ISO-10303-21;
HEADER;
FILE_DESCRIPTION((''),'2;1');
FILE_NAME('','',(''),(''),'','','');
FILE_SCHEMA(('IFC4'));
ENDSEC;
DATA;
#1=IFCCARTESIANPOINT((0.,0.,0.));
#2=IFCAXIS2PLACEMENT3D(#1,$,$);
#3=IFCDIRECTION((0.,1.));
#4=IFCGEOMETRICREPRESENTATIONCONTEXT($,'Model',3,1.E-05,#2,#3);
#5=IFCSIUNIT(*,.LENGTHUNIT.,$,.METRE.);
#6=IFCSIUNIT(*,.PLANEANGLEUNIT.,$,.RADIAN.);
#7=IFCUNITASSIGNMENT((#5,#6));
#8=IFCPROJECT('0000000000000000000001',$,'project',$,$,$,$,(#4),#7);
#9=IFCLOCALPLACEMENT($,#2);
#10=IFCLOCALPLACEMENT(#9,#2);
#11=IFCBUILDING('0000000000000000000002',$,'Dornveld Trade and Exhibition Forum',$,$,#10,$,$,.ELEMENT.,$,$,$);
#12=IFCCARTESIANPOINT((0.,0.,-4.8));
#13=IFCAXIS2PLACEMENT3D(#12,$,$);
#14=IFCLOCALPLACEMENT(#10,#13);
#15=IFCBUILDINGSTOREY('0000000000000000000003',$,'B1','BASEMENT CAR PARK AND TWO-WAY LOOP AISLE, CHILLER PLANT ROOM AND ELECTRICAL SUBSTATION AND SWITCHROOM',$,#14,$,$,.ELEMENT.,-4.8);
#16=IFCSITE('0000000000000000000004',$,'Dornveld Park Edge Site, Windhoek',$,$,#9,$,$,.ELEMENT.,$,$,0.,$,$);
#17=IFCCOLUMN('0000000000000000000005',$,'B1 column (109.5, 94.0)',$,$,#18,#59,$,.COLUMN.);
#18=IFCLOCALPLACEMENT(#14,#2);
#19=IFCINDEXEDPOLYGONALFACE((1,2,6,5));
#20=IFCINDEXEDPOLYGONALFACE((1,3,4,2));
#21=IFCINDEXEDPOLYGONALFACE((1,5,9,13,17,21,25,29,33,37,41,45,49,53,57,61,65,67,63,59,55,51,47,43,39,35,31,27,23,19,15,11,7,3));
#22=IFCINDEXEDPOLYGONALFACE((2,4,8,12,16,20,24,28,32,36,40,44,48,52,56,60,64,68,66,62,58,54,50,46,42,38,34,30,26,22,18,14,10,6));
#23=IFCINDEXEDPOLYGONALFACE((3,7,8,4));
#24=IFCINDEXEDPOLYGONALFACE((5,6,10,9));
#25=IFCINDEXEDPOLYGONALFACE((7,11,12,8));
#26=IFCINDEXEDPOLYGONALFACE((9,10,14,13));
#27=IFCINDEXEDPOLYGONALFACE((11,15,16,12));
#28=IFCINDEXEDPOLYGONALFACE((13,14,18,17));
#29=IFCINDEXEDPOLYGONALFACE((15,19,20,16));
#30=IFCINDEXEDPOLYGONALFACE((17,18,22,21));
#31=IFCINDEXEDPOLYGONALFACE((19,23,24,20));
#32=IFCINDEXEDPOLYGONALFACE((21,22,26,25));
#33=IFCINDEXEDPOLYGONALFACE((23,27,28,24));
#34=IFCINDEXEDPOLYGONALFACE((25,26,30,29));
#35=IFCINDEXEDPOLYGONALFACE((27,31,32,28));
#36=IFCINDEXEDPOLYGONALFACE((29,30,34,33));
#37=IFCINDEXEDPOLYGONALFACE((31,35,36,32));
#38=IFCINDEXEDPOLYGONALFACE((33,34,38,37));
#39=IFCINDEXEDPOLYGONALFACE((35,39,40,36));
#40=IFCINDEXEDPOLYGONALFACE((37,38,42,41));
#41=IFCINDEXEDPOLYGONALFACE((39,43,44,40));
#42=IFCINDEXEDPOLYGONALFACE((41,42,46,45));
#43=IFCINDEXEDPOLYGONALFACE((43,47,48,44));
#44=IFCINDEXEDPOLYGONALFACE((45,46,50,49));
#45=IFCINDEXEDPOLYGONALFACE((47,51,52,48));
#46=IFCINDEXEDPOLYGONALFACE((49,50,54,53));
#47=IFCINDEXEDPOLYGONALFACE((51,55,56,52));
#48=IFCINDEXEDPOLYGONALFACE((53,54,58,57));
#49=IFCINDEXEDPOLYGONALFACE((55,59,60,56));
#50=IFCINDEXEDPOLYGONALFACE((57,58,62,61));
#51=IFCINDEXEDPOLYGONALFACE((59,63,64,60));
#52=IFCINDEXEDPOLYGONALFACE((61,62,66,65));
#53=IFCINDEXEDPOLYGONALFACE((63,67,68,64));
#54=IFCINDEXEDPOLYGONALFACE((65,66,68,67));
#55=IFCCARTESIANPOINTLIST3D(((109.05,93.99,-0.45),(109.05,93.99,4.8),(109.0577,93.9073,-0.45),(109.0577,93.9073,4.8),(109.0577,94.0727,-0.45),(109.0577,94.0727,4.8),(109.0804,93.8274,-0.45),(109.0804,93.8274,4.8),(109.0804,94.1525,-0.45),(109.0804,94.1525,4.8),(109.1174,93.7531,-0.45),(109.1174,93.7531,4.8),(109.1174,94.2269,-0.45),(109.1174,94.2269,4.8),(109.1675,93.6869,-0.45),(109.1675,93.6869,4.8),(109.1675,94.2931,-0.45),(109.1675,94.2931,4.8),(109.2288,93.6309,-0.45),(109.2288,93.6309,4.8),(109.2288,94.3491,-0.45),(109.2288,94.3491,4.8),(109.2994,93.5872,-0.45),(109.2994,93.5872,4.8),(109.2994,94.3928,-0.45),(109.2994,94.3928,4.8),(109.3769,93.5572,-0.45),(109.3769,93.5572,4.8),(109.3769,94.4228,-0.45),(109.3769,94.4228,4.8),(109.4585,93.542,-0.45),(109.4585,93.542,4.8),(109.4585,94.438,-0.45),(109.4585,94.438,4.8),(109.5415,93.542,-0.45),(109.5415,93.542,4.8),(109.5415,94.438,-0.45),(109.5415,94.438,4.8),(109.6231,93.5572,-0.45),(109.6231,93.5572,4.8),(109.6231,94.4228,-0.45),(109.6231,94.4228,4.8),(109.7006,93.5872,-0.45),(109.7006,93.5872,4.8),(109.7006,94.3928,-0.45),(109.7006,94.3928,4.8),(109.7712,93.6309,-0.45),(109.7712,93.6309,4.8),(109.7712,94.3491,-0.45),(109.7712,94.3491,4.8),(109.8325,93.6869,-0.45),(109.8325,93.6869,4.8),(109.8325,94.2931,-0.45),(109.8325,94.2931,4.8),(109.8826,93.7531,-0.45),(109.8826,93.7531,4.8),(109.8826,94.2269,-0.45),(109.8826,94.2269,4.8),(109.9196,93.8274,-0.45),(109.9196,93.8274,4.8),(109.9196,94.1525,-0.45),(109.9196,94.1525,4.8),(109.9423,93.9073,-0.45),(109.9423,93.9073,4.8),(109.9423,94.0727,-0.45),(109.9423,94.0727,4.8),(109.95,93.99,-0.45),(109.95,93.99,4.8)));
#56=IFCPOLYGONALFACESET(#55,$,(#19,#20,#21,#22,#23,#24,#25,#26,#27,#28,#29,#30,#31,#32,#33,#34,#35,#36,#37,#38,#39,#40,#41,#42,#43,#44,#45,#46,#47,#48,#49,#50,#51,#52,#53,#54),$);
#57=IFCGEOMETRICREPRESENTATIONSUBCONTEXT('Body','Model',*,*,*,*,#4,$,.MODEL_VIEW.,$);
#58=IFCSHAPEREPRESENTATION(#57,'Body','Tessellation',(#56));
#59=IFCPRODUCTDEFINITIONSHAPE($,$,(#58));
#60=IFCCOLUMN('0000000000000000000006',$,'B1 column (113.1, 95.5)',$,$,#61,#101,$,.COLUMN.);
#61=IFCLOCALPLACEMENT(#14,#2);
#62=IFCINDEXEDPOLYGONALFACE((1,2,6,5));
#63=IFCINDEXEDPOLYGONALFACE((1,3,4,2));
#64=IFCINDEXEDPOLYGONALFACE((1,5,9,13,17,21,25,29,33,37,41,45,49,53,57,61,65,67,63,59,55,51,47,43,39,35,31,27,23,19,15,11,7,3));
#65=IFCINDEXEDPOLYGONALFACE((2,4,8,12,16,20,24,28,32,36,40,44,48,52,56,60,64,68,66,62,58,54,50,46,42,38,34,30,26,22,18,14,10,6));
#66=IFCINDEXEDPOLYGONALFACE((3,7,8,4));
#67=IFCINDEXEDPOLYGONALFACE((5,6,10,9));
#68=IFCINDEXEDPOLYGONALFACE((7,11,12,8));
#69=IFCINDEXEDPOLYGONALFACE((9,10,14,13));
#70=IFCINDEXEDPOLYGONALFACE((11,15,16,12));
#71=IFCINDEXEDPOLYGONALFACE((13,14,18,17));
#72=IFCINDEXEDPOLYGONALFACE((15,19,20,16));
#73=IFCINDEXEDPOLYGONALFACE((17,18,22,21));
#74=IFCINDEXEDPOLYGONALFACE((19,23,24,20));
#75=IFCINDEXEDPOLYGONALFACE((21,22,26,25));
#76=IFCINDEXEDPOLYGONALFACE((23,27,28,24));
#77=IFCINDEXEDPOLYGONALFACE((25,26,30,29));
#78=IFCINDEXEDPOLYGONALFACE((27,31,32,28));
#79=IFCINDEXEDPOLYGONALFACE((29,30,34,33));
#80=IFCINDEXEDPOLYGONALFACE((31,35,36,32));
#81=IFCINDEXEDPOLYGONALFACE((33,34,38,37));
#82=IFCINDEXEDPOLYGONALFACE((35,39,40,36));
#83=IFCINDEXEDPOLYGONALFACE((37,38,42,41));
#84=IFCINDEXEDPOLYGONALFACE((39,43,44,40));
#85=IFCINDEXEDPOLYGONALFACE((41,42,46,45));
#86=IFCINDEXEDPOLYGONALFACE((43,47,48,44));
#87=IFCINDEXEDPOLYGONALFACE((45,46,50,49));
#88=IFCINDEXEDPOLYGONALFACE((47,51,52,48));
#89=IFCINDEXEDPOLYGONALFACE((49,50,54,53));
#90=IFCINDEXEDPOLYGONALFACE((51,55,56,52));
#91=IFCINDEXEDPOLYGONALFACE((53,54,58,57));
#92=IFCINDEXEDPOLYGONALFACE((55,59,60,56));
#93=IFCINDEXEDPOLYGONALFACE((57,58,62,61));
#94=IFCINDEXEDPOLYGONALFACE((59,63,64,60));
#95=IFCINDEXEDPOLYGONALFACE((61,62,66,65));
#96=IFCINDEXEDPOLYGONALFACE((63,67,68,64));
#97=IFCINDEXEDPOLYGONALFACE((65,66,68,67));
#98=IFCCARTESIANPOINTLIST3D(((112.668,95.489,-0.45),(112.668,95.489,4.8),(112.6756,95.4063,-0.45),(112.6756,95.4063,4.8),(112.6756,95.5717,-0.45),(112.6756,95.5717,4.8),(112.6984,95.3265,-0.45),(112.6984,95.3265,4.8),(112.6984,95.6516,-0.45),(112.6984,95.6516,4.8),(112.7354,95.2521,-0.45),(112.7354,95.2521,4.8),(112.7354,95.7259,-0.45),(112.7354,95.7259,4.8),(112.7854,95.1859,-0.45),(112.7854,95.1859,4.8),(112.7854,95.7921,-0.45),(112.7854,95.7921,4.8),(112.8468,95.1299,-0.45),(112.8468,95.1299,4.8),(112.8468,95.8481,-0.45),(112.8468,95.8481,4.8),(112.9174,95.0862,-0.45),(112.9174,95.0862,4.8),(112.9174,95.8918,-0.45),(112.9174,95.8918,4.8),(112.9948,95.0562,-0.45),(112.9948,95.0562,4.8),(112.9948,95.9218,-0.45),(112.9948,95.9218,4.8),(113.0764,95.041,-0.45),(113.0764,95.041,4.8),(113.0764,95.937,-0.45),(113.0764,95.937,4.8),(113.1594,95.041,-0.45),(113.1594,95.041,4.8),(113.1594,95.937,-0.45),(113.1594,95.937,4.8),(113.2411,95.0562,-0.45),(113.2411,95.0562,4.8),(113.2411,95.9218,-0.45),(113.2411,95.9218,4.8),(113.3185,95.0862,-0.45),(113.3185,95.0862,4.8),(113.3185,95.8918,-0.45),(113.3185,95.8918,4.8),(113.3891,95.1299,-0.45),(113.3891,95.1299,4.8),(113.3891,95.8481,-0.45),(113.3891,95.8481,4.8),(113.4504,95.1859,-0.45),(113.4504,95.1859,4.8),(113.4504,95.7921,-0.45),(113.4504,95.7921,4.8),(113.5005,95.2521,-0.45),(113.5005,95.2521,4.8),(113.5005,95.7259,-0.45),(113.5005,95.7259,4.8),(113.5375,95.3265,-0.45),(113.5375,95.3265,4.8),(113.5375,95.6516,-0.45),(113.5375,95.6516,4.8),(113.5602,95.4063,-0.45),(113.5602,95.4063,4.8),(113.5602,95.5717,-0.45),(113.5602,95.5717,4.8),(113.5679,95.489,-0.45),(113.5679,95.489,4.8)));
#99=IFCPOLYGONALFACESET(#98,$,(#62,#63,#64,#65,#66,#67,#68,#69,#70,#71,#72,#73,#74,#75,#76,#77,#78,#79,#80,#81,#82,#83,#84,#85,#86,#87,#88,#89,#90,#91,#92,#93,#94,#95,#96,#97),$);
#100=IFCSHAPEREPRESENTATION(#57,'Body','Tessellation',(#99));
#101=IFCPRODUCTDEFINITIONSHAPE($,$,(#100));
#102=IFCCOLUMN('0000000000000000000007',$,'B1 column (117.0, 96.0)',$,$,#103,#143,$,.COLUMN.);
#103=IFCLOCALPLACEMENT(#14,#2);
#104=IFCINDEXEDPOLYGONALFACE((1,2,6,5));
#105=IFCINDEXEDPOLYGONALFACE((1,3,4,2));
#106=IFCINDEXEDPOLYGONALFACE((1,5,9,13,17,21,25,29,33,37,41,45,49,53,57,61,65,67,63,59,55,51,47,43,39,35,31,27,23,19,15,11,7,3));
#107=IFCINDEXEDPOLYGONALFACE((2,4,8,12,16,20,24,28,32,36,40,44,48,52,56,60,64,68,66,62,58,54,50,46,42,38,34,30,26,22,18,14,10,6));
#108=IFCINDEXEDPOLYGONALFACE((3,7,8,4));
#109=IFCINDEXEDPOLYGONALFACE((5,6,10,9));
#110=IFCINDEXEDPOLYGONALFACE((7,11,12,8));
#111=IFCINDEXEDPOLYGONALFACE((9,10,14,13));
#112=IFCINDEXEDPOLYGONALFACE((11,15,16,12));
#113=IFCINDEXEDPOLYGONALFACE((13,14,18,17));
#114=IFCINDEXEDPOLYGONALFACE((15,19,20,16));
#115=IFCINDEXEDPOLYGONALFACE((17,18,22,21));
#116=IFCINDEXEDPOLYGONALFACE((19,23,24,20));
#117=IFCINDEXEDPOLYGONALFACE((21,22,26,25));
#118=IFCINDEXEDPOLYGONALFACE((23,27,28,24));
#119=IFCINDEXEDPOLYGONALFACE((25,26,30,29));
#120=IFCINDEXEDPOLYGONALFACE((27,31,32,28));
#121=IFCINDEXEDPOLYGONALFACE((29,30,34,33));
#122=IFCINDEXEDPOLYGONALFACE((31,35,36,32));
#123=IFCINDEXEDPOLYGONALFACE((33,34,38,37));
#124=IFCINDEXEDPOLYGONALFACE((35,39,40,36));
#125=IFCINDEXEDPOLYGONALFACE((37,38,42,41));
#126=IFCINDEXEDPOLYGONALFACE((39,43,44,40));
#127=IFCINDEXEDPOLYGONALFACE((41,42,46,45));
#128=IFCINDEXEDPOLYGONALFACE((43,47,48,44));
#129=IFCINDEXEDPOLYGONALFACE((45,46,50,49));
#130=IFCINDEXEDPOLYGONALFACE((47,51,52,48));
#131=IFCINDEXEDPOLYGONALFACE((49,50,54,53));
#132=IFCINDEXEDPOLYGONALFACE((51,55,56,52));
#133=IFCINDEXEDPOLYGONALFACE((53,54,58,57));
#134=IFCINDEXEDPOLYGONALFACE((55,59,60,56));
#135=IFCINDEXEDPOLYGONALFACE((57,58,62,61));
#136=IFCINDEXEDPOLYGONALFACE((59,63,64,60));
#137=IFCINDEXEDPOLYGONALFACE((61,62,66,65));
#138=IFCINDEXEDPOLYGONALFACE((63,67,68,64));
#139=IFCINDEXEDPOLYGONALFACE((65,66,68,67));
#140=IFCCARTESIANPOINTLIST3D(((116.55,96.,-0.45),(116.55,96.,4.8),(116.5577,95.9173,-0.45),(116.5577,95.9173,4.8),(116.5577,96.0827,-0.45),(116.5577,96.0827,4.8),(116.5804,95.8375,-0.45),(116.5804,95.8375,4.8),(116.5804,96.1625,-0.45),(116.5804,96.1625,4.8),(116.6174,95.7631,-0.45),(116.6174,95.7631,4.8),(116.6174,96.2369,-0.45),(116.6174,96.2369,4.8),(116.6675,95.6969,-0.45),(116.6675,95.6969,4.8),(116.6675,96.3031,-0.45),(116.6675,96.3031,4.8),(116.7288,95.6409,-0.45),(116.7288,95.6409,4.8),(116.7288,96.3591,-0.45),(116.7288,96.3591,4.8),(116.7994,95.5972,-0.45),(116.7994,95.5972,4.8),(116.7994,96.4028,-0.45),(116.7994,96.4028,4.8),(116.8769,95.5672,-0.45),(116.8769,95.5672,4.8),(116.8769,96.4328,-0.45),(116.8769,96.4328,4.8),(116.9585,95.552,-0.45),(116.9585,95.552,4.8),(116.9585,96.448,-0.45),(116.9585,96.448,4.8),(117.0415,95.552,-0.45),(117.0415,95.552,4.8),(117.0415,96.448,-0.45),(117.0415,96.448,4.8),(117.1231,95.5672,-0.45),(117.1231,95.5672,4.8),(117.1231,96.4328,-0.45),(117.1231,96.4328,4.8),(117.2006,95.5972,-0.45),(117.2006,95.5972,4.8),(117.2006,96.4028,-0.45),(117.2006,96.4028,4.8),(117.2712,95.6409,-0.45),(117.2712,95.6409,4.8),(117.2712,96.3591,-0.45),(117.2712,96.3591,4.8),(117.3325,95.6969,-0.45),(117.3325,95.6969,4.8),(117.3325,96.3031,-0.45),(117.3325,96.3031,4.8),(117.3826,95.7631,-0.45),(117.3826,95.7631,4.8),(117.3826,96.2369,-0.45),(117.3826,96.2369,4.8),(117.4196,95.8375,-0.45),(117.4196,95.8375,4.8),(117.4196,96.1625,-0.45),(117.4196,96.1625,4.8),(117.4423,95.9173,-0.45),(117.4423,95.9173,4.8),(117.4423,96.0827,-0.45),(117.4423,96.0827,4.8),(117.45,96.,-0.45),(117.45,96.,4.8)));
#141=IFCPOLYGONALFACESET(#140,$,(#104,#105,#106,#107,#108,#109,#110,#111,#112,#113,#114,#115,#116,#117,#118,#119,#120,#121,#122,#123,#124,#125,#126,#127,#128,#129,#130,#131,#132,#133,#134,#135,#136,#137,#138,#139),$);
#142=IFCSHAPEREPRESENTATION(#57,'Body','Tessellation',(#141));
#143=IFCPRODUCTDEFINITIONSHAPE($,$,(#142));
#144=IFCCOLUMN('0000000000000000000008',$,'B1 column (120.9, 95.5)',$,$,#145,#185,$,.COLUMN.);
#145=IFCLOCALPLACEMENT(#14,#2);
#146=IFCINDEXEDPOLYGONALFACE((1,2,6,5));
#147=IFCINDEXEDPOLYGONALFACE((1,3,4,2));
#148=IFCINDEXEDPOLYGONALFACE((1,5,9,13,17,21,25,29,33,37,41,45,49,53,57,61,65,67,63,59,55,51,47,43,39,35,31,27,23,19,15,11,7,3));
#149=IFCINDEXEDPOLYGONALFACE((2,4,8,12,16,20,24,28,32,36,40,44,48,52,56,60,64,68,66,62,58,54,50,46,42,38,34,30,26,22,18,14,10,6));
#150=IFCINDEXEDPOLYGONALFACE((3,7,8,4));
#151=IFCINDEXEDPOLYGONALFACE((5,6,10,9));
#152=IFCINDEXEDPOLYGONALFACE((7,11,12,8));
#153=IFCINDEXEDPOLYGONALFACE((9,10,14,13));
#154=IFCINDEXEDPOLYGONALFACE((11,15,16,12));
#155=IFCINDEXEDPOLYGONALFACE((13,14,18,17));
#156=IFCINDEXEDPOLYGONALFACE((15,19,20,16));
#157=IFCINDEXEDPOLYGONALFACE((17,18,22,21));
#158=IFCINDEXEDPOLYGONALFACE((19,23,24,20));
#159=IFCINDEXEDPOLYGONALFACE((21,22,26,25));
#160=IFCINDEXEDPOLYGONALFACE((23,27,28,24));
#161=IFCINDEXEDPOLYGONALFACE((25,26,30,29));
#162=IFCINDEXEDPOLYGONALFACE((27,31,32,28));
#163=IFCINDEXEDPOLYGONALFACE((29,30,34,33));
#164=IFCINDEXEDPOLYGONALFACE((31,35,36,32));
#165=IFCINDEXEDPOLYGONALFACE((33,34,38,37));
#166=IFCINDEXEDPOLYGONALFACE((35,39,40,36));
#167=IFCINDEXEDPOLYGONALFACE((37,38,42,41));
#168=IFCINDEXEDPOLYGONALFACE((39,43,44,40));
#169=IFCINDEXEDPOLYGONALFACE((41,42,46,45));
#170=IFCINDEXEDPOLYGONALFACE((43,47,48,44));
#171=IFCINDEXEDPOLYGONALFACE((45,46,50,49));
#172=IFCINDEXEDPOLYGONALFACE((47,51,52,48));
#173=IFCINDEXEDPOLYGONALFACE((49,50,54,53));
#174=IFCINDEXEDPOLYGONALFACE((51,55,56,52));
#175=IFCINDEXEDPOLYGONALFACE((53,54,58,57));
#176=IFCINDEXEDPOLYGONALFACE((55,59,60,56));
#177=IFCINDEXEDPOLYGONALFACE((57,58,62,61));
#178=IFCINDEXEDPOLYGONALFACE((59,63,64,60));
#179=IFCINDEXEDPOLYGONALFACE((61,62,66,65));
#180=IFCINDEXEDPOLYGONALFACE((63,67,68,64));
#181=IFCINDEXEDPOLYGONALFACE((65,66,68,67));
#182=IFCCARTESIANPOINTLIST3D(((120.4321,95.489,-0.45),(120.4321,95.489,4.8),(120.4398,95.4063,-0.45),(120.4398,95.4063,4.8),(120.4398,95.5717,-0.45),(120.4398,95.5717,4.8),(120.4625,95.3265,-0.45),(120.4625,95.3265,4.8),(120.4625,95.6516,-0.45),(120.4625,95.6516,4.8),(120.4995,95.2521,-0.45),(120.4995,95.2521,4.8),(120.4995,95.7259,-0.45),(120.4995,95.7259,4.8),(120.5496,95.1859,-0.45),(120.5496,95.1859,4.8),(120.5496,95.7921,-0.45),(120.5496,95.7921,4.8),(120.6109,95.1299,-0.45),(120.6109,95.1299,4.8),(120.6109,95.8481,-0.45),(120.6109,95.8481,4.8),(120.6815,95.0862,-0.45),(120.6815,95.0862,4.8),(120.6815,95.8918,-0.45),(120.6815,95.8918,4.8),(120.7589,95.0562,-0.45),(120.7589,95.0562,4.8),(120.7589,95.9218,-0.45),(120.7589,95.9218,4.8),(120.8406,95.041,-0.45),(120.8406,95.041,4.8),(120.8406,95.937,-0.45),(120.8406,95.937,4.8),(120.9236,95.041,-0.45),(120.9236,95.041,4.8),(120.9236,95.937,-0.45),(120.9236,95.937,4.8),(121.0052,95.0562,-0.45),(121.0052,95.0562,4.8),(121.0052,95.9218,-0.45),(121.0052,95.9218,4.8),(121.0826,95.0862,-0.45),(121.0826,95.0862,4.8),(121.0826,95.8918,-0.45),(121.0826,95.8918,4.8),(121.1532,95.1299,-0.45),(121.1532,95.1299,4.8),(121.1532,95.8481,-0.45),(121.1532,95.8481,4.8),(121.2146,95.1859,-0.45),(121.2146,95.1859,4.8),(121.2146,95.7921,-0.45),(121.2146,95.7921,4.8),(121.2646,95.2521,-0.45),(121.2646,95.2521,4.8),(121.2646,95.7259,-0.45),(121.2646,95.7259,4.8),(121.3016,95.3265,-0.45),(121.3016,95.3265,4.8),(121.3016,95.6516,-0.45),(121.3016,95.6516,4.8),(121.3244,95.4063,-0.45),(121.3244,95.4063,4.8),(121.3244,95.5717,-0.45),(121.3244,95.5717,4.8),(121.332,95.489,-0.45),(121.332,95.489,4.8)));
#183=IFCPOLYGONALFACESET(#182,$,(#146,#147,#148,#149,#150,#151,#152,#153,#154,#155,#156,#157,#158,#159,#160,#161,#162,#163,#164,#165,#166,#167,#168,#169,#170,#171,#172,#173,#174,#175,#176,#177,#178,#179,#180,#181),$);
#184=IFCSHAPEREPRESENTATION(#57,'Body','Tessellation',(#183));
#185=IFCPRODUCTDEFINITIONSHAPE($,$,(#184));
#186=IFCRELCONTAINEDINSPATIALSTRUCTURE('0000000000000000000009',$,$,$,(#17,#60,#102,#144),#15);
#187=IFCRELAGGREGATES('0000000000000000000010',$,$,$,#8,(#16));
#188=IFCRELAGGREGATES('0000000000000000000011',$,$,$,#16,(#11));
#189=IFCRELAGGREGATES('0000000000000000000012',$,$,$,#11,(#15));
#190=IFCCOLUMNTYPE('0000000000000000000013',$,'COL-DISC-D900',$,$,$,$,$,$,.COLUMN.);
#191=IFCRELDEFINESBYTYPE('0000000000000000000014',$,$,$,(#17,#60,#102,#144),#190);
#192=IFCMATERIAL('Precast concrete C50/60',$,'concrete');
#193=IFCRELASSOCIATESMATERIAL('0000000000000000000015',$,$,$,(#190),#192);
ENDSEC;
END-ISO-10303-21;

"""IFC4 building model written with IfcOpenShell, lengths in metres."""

from ifc_helpers import new_model, si_unit, direction, frame, origin, origin_2d, place, context, subcontext, project, spatial, circle, extrude, material, material_profile, profile_set, type_object, element, save


model = new_model("IFC4")

# Units and contexts
model_context = context("Model", 3, precision=1e-05, world=origin(), true_north=direction((0.0, 1.0)))
body_context = subcontext(model_context, "Body", "Model", "MODEL_VIEW")
ifc_project = project(units=[si_unit("LENGTHUNIT", "METRE"), si_unit("PLANEANGLEUNIT", "RADIAN")], contexts=[model_context])

# Site, building, storey
site_placement = place(None, origin())
site = spatial("IfcSite", under=ifc_project, at=site_placement, Name="Dornveld Park Edge Site, Windhoek", CompositionType="ELEMENT", RefElevation=0.0)
building_placement = place(site_placement, origin())
building = spatial("IfcBuilding", under=site, at=building_placement, Name="Dornveld Trade and Exhibition Forum", CompositionType="ELEMENT")
storey_placement = place(building_placement, frame((0.0, 0.0, -4.8)))
storey = spatial("IfcBuildingStorey", under=building, at=storey_placement, Name="B1", Description="BASEMENT CAR PARK AND TWO-WAY LOOP AISLE, CHILLER PLANT ROOM AND ELECTRICAL SUBSTATION AND SWITCHROOM", CompositionType="ELEMENT", Elevation=-4.8)

# Columns
ifc_material_1 = material(Name="Precast concrete C50/60", Category="concrete")
ifc_material_profile_1 = material_profile(ifc_material_1, circle(Radius=0.45, at=origin_2d()), Name="PC-COL D900")
ifc_profile_set_1 = profile_set([ifc_material_profile_1], Name="Precast concrete C50/60")
column_type_1 = type_object("IfcColumnType", Name="COL-DISC-D900", PredefinedType="COLUMN", material=ifc_profile_set_1)
for number, where, z_axis, x_axis, name in (
    (1, (109.5, 93.99, -0.45), (0.0, 0.0, 1.0), (1.0, 0.0, 0.0), "B1 column (109.5, 94.0)"),
    (2, (113.1179, 95.489, -0.45), (0.0, 0.0, 1.0), (1.0, 0.0, 0.0), "B1 column (113.1, 95.5)"),
    (3, (117.0, 96.0, -0.45), (0.0, 0.0, 1.0), (1.0, 0.0, 0.0), "B1 column (117.0, 96.0)"),
    (4, (120.8821, 95.489, -0.45), (0.0, 0.0, 1.0), (1.0, 0.0, 0.0), "B1 column (120.9, 95.5)"),
):
    element("IfcColumn", number, at=place(storey_placement, frame(where, z_axis=z_axis, x_axis=x_axis)), inside=storey, type_object=column_type_1, Name=name, PredefinedType="COLUMN", context=body_context, shape_type="SweptSolid", body=[
        extrude(circle(Radius=0.45, at=origin_2d()), origin(), (0.0, 0.0, 1.0), 5.25),
    ])

save(model, "model.ifc")
